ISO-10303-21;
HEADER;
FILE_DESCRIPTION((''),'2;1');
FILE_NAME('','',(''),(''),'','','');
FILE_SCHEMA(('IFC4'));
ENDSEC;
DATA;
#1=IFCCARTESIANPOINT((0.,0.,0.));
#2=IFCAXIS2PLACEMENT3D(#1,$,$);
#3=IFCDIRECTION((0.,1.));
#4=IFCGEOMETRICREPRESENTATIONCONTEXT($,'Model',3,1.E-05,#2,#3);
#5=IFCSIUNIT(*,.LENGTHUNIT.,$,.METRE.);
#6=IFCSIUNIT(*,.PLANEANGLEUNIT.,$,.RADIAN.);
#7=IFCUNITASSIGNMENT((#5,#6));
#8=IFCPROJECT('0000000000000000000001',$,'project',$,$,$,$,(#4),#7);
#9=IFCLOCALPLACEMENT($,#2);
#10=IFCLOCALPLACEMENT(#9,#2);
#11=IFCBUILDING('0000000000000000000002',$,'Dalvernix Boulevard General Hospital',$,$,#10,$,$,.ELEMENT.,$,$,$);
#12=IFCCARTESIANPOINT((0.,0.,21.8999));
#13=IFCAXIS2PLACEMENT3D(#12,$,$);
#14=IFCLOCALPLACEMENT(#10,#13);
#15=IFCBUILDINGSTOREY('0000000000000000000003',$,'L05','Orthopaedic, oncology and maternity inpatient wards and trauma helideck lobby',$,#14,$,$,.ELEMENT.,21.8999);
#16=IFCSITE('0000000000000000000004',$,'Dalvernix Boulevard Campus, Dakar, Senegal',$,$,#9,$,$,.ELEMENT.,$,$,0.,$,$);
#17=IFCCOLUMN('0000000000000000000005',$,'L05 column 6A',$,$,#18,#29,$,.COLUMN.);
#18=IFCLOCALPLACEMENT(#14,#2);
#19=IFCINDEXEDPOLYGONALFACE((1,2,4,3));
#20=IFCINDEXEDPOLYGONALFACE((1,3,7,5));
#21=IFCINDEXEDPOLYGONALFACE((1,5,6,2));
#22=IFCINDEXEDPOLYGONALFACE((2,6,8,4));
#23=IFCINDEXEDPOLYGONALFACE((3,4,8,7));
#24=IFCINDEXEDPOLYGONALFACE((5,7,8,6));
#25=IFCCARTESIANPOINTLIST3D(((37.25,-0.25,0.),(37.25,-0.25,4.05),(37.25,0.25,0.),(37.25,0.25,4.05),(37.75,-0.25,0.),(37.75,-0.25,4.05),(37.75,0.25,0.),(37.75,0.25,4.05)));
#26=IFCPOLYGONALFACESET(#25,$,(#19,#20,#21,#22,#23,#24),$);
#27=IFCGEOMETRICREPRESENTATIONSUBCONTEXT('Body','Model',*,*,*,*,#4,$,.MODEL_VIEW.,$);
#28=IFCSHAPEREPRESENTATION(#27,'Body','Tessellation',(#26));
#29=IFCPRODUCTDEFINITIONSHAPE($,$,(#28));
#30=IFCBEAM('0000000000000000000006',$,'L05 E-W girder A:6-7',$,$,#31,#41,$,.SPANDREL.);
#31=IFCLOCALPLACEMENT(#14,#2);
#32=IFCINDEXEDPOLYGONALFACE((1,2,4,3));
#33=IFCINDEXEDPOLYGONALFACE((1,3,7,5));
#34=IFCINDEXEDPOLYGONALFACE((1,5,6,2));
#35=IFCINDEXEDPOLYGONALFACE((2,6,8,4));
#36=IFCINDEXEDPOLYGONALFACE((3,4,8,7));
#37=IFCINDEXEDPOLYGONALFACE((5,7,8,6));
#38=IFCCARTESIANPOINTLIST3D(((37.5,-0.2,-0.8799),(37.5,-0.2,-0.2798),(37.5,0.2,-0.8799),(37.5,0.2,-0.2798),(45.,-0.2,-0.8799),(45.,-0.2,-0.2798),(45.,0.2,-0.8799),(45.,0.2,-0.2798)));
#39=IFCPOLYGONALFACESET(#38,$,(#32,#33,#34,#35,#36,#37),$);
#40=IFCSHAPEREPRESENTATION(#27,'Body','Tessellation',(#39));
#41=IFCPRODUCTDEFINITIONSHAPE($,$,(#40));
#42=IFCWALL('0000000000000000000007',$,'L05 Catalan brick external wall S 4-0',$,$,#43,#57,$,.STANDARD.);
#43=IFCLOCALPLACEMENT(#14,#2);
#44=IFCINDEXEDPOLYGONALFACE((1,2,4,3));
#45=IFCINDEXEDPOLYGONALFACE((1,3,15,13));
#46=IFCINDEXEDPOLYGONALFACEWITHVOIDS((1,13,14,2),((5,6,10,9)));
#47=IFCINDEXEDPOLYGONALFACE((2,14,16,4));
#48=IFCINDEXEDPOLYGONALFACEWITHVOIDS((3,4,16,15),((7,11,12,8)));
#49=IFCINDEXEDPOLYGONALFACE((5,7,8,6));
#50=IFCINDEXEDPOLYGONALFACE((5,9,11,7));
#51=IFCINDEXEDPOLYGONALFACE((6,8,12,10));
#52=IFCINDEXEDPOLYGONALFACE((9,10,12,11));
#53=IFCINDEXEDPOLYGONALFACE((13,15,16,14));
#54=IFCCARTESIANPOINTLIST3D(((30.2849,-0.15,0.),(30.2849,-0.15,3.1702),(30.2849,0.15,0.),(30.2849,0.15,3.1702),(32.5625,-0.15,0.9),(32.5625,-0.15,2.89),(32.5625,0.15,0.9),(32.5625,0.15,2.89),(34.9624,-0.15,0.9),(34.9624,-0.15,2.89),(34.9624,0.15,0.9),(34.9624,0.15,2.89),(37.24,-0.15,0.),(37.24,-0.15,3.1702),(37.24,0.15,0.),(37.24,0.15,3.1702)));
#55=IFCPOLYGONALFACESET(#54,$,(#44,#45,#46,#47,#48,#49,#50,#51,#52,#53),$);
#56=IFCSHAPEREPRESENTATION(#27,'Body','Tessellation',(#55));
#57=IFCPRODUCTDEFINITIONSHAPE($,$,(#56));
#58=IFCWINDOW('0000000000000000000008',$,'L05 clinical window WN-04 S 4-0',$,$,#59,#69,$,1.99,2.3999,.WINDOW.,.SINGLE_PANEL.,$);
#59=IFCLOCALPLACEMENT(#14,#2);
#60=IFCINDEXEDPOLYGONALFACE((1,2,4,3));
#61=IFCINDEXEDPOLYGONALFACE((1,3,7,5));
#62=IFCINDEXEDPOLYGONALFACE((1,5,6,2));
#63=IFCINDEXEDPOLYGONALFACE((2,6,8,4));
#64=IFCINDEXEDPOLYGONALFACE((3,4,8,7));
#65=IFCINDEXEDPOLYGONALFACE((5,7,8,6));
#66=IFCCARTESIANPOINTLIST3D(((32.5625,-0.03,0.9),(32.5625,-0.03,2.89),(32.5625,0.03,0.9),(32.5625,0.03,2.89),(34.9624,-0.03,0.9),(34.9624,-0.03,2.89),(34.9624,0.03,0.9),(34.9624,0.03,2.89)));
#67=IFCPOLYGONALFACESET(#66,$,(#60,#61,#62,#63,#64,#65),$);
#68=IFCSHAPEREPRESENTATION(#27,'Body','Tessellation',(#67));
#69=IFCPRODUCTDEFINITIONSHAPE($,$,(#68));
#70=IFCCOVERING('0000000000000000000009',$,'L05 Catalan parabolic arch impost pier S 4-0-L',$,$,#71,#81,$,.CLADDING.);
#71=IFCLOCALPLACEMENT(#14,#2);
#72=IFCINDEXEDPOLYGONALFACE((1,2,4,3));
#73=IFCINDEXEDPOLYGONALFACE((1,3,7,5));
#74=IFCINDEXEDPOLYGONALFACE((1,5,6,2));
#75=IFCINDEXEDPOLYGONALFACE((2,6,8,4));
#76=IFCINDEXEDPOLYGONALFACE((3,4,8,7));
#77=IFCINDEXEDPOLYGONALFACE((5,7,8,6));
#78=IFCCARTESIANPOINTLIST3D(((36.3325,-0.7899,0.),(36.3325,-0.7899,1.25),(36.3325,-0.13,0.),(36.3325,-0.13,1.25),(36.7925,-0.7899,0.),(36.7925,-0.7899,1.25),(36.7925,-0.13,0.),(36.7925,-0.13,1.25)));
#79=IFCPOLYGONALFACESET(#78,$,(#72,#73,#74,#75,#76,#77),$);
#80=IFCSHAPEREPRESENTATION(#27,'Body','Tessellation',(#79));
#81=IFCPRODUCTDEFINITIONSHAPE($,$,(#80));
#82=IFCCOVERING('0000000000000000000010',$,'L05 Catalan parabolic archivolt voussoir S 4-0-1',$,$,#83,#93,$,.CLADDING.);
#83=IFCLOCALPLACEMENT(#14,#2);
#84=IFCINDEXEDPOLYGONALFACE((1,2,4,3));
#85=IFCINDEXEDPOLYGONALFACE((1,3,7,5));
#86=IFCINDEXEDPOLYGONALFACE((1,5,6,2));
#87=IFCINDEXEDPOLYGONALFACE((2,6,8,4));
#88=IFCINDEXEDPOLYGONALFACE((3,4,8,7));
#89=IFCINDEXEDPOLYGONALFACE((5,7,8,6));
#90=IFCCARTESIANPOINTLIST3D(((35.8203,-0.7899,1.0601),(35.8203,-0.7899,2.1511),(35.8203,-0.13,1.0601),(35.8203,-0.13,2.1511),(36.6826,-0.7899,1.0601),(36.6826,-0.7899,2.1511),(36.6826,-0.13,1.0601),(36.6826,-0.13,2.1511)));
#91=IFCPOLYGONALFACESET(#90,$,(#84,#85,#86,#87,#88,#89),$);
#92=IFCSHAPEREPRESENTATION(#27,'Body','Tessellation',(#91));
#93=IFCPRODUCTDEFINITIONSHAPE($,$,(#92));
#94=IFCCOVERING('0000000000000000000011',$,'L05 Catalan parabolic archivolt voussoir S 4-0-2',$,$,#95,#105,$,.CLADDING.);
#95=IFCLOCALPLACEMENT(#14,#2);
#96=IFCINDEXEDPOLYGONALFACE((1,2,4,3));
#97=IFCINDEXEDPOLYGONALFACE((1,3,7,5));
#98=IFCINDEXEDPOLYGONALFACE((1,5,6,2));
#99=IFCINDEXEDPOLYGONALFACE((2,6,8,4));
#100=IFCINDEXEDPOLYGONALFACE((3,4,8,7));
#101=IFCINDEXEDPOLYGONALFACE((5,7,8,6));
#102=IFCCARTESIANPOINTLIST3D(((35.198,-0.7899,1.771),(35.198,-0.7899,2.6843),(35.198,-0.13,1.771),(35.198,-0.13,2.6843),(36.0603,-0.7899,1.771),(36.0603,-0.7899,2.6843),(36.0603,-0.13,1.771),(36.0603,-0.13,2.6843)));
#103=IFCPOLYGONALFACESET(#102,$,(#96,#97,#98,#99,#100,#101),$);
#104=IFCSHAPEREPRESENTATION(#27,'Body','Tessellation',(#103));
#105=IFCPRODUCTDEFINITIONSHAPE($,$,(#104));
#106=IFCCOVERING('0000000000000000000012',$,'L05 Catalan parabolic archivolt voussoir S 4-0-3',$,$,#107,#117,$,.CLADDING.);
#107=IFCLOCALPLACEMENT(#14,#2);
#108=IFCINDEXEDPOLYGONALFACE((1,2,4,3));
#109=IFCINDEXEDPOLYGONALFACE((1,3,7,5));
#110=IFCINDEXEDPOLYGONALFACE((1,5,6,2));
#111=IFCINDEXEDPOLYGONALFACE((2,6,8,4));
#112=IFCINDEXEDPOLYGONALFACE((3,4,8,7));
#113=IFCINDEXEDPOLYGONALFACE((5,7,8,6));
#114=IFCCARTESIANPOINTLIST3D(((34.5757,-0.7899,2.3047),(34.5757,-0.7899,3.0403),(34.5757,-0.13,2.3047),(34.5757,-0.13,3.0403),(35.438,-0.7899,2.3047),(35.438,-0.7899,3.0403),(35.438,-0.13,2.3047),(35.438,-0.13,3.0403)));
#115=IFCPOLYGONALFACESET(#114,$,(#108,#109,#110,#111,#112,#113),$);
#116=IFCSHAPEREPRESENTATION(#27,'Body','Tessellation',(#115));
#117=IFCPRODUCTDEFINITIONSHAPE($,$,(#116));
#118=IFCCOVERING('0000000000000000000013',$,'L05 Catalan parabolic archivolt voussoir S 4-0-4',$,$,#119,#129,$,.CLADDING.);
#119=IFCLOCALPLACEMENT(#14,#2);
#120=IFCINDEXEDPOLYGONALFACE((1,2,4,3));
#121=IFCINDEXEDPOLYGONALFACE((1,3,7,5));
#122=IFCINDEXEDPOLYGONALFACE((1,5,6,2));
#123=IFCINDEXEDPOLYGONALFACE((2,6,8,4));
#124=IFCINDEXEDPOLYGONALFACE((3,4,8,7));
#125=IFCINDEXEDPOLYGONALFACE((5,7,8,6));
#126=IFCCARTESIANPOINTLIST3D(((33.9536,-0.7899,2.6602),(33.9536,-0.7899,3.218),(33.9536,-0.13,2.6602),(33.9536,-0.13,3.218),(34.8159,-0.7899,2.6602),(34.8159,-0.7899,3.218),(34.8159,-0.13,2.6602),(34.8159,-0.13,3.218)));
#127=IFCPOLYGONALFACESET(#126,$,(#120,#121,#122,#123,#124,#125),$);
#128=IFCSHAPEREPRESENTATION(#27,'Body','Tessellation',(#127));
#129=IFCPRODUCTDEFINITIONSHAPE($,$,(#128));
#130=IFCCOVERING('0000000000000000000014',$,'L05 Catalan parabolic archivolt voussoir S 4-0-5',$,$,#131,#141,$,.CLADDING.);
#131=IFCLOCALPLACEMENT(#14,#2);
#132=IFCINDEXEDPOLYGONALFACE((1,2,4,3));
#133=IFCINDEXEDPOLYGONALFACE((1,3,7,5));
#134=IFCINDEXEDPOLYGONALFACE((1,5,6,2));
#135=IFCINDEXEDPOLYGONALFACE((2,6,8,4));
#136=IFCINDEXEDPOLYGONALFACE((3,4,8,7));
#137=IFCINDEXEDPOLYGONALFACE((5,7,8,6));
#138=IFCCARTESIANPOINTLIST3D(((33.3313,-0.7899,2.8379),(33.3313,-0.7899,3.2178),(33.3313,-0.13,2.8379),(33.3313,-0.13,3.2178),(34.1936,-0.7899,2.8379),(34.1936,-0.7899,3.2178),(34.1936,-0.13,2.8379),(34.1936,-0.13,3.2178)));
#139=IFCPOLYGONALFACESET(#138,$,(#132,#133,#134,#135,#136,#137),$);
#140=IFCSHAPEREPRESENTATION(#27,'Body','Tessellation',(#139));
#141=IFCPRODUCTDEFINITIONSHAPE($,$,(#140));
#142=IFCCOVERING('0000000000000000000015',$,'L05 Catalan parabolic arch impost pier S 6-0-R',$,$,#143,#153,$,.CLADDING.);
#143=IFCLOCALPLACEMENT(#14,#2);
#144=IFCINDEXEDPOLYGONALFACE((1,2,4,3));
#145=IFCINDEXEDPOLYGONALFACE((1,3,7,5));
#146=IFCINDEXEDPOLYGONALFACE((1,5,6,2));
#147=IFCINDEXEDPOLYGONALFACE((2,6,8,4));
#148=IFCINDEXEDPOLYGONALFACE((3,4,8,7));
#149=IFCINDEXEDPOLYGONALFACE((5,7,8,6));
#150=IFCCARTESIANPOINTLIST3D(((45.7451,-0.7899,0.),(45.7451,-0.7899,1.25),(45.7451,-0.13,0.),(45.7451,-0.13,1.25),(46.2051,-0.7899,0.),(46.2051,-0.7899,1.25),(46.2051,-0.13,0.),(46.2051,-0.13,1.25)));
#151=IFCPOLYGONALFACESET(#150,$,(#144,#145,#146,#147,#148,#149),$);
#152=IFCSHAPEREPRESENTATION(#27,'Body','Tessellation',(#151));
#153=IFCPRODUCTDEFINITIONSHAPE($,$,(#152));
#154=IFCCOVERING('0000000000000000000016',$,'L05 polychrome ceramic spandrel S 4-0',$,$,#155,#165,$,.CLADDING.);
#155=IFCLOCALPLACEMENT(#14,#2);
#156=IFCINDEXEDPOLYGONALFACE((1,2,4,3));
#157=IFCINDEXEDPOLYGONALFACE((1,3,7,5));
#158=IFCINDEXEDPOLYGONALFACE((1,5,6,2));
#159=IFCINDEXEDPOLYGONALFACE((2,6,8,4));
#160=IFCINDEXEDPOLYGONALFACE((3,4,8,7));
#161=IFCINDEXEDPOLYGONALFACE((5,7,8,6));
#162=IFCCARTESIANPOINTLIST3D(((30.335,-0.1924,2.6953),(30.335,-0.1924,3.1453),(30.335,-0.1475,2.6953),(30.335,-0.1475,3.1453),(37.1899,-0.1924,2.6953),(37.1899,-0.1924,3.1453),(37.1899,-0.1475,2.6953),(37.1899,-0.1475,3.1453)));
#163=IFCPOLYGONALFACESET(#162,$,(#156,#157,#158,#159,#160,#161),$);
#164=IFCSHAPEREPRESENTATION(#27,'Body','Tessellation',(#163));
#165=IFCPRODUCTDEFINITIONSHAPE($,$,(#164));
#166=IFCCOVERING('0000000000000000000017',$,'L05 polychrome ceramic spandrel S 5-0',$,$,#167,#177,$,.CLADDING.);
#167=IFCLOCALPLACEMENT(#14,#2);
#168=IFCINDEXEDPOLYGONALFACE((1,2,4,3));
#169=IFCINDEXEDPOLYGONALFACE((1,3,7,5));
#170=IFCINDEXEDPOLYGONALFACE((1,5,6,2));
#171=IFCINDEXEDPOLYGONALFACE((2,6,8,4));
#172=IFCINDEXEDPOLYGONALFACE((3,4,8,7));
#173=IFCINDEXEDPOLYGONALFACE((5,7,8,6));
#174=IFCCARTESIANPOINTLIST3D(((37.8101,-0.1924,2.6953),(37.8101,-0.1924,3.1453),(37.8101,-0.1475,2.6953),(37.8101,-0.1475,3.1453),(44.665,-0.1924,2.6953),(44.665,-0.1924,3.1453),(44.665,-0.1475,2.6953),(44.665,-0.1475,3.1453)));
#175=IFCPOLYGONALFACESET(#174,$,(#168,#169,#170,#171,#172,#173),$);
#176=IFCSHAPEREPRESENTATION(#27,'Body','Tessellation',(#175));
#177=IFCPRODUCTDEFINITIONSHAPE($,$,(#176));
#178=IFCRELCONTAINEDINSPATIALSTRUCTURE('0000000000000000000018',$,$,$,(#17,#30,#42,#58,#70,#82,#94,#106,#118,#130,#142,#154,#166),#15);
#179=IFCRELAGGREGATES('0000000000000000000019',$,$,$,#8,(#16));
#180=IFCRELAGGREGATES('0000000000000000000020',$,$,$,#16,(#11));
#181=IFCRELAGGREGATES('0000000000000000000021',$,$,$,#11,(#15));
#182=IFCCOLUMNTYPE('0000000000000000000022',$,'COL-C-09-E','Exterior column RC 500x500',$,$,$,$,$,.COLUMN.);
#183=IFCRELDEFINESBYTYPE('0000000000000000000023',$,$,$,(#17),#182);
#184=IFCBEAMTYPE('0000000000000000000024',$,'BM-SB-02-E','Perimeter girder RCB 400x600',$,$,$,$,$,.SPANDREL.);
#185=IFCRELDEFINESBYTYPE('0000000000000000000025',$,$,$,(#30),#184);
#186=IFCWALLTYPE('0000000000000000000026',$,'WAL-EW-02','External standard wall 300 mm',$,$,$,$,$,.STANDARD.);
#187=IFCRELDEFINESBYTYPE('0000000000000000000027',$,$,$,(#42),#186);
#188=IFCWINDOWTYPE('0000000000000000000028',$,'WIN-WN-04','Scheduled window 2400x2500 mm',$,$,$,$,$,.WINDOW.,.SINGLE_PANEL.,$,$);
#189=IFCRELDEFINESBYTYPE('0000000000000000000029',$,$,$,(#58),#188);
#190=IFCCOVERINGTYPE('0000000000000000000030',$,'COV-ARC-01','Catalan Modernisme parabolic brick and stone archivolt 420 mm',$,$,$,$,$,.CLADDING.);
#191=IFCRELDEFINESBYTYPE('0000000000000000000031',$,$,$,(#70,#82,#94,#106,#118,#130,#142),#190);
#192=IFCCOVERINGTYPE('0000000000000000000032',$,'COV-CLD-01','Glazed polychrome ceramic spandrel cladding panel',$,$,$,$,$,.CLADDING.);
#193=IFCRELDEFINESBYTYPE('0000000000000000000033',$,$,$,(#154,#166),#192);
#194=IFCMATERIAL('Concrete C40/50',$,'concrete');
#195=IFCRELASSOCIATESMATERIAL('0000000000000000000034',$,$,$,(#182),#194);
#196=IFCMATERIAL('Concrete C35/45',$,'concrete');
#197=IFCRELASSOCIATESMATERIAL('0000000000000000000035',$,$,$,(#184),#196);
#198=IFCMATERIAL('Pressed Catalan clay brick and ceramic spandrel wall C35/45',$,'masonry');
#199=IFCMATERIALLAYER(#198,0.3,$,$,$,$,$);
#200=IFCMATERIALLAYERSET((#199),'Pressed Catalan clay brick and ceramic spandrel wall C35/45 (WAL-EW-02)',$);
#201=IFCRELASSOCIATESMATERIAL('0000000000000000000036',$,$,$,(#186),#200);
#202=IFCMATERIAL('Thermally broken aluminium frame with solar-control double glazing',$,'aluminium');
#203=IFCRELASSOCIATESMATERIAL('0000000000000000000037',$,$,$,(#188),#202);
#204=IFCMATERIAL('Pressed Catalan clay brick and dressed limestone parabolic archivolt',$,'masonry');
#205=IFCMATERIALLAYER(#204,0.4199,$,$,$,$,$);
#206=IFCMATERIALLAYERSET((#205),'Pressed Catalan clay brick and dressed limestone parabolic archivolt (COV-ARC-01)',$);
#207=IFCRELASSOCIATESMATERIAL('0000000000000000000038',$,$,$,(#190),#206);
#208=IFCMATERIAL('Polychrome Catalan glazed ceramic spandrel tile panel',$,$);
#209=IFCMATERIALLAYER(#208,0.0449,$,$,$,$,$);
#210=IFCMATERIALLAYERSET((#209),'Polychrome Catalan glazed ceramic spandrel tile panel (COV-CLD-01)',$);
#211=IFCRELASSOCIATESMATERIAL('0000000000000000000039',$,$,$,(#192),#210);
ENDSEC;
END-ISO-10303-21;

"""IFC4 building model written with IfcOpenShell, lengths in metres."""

from ifc_helpers import new_model, si_unit, direction, frame, frame_2d, origin, origin_2d, place, context, subcontext, project, spatial, rectangle, extrude, material, layer, layer_set, material_profile, profile_set, type_object, element, fill, save


model = new_model("IFC4")

# Units and contexts
model_context = context("Model", 3, precision=1e-05, world=origin(), true_north=direction((0.0, 1.0)))
body_context = subcontext(model_context, "Body", "Model", "MODEL_VIEW")
ifc_project = project(units=[si_unit("LENGTHUNIT", "METRE"), si_unit("PLANEANGLEUNIT", "RADIAN")], contexts=[model_context])

# Site, building, storey
site_placement = place(None, origin())
site = spatial("IfcSite", under=ifc_project, at=site_placement, Name="Dalvernix Boulevard Campus, Dakar, Senegal", CompositionType="ELEMENT", RefElevation=0.0)
building_placement = place(site_placement, origin())
building = spatial("IfcBuilding", under=site, at=building_placement, Name="Dalvernix Boulevard General Hospital", CompositionType="ELEMENT")
storey_placement = place(building_placement, frame((0.0, 0.0, 21.8999)))
storey = spatial("IfcBuildingStorey", under=building, at=storey_placement, Name="L05", Description="Orthopaedic, oncology and maternity inpatient wards and trauma helideck lobby", CompositionType="ELEMENT", Elevation=21.8999)

# Column
ifc_material_1 = material(Name="Concrete C40/50", Category="concrete")
ifc_material_profile_1 = material_profile(ifc_material_1, rectangle(XDim=0.5, YDim=0.5, at=origin_2d()), Name="RC 500x500")
ifc_profile_set_1 = profile_set([ifc_material_profile_1], Name="Concrete C40/50")
column_type = type_object("IfcColumnType", Name="COL-C-09-E", Description="Exterior column RC 500x500", PredefinedType="COLUMN", material=ifc_profile_set_1)
column_placement = place(storey_placement, frame((37.5, 0.0, 0.0), z_axis=(0.0, 0.0, 1.0), x_axis=(1.0, 0.0, 0.0)))
element("IfcColumn", 1, at=column_placement, inside=storey, type_object=column_type, Name="L05 column 6A", PredefinedType="COLUMN", context=body_context, shape_type="SweptSolid", body=[
    extrude(rectangle(XDim=0.5, YDim=0.5, at=origin_2d()), origin(), (0.0, 0.0, 1.0), 4.05),
])

# Beam
ifc_material_2 = material(Name="Concrete C35/45", Category="concrete")
ifc_material_profile_2 = material_profile(ifc_material_2, rectangle(XDim=0.3999, YDim=0.6001, at=origin_2d()), Name="RCB 400x600")
ifc_profile_set_2 = profile_set([ifc_material_profile_2], Name="Concrete C35/45")
beam_type = type_object("IfcBeamType", Name="BM-SB-02-E", Description="Perimeter girder RCB 400x600", PredefinedType="SPANDREL", material=ifc_profile_set_2)
beam_placement = place(storey_placement, frame((37.5, 0.0, -0.5798), z_axis=(1.0, 0.0, 0.0), x_axis=(0.0, 1.0, 0.0)))
element("IfcBeam", 2, at=beam_placement, inside=storey, type_object=beam_type, Name="L05 E-W girder A:6-7", PredefinedType="SPANDREL", context=body_context, shape_type="SweptSolid", body=[
    extrude(rectangle(XDim=0.3999, YDim=0.6001, at=origin_2d()), origin(), (0.0, 0.0, 1.0), 7.5),
])

# Wall, opening, window
ifc_material_3 = material(Name="Pressed Catalan clay brick and ceramic spandrel wall C35/45", Category="masonry")
ifc_layer_1 = layer(ifc_material_3, 0.3)
ifc_layer_set_1 = layer_set([ifc_layer_1], Name="Pressed Catalan clay brick and ceramic spandrel wall C35/45 (WAL-EW-02)")
wall_type = type_object("IfcWallType", Name="WAL-EW-02", Description="External standard wall 300 mm", PredefinedType="STANDARD", material=ifc_layer_set_1)
wall_placement = place(storey_placement, frame((37.24, 0.0, 0.0), z_axis=(0.0, 0.0, 1.0), x_axis=(-1.0, 0.0, 0.0)))
wall = element("IfcWall", 3, at=wall_placement, inside=storey, type_object=wall_type, Name="L05 Catalan brick external wall S 4-0", PredefinedType="STANDARD", context=body_context, shape_type="SweptSolid", body=[
    extrude(rectangle(XDim=6.9551, YDim=0.3, at=frame_2d((3.4775, 0.0))), origin(), (0.0, 0.0, 1.0), 3.1702),
])
opening_placement = place(wall_placement, frame((2.2776, 0.0, 0.8999)))
opening = element("IfcOpeningElement", 4, at=opening_placement, cuts=wall, PredefinedType="OPENING", context=body_context, shape_type="SweptSolid", body=[
    extrude(rectangle(XDim=2.3999, YDim=1.99, at=frame_2d((1.2, 0.9951))), frame((0.0, 0.1599, 0.0), z_axis=(0.0, -1.0, 0.0), x_axis=(1.0, 0.0, 0.0)), (0.0, 0.0, 1.0), 0.3201),
])
ifc_material_4 = material(Name="Thermally broken aluminium frame with solar-control double glazing", Category="aluminium")
window_type = type_object("IfcWindowType", Name="WIN-WN-04", Description="Scheduled window 2400x2500 mm", PartitioningType="SINGLE_PANEL", PredefinedType="WINDOW", material=ifc_material_4)
window_placement = place(opening_placement, origin())
window = element("IfcWindow", 5, at=window_placement, inside=storey, type_object=window_type, Name="L05 clinical window WN-04 S 4-0", OverallHeight=1.99, OverallWidth=2.3999, PartitioningType="SINGLE_PANEL", PredefinedType="WINDOW", context=body_context, shape_type="SweptSolid", body=[
    extrude(rectangle(XDim=2.3999, YDim=1.99, at=frame_2d((1.2, 0.9951))), frame((0.0, 0.03, 0.0), z_axis=(0.0, -1.0, 0.0), x_axis=(1.0, 0.0, 0.0)), (0.0, 0.0, 1.0), 0.0601),
])
fill(opening, window)

# Coverings
ifc_material_5 = material(Name="Pressed Catalan clay brick and dressed limestone parabolic archivolt", Category="masonry")
ifc_layer_2 = layer(ifc_material_5, 0.4199)
ifc_layer_set_2 = layer_set([ifc_layer_2], Name="Pressed Catalan clay brick and dressed limestone parabolic archivolt (COV-ARC-01)")
covering_type_1 = type_object("IfcCoveringType", Name="COV-ARC-01", Description="Catalan Modernisme parabolic brick and stone archivolt 420 mm", PredefinedType="CLADDING", material=ifc_layer_set_2)
covering_1_placement = place(storey_placement, frame((36.5625, -0.46, 0.0), z_axis=(0.0, 0.0, 1.0), x_axis=(-1.0, 0.0, 0.0)))
element("IfcCovering", 6, at=covering_1_placement, inside=storey, type_object=covering_type_1, Name="L05 Catalan parabolic arch impost pier S 4-0-L", PredefinedType="CLADDING", context=body_context, shape_type="SweptSolid", body=[
    extrude(rectangle(XDim=0.46, YDim=0.6599, at=origin_2d()), origin(), (0.0, 0.0, 1.0), 1.25),
])
covering_2_placement = place(storey_placement, frame((36.2515, -0.46, 1.0601), z_axis=(0.0, 0.0, 1.0), x_axis=(-1.0, 0.0, 0.0)))
element("IfcCovering", 7, at=covering_2_placement, inside=storey, type_object=covering_type_1, Name="L05 Catalan parabolic archivolt voussoir S 4-0-1", PredefinedType="CLADDING", context=body_context, shape_type="SweptSolid", body=[
    extrude(rectangle(XDim=0.8623, YDim=0.6599, at=origin_2d()), origin(), (0.0, 0.0, 1.0), 1.0911),
])
covering_3_placement = place(storey_placement, frame((35.6292, -0.46, 1.771), z_axis=(0.0, 0.0, 1.0), x_axis=(-1.0, 0.0, 0.0)))
element("IfcCovering", 8, at=covering_3_placement, inside=storey, type_object=covering_type_1, Name="L05 Catalan parabolic archivolt voussoir S 4-0-2", PredefinedType="CLADDING", context=body_context, shape_type="SweptSolid", body=[
    extrude(rectangle(XDim=0.8623, YDim=0.6599, at=origin_2d()), origin(), (0.0, 0.0, 1.0), 0.9133),
])
covering_4_placement = place(storey_placement, frame((35.0068, -0.46, 2.3047), z_axis=(0.0, 0.0, 1.0), x_axis=(-1.0, 0.0, 0.0)))
element("IfcCovering", 9, at=covering_4_placement, inside=storey, type_object=covering_type_1, Name="L05 Catalan parabolic archivolt voussoir S 4-0-3", PredefinedType="CLADDING", context=body_context, shape_type="SweptSolid", body=[
    extrude(rectangle(XDim=0.8623, YDim=0.6599, at=origin_2d()), origin(), (0.0, 0.0, 1.0), 0.7356),
])
covering_5_placement = place(storey_placement, frame((34.3848, -0.46, 2.6602), z_axis=(0.0, 0.0, 1.0), x_axis=(-1.0, 0.0, 0.0)))
element("IfcCovering", 10, at=covering_5_placement, inside=storey, type_object=covering_type_1, Name="L05 Catalan parabolic archivolt voussoir S 4-0-4", PredefinedType="CLADDING", context=body_context, shape_type="SweptSolid", body=[
    extrude(rectangle(XDim=0.8623, YDim=0.6599, at=origin_2d()), origin(), (0.0, 0.0, 1.0), 0.5579),
])
covering_6_placement = place(storey_placement, frame((33.7625, -0.46, 2.8379), z_axis=(0.0, 0.0, 1.0), x_axis=(-1.0, 0.0, 0.0)))
element("IfcCovering", 11, at=covering_6_placement, inside=storey, type_object=covering_type_1, Name="L05 Catalan parabolic archivolt voussoir S 4-0-5", PredefinedType="CLADDING", context=body_context, shape_type="SweptSolid", body=[
    extrude(rectangle(XDim=0.8623, YDim=0.6599, at=origin_2d()), origin(), (0.0, 0.0, 1.0), 0.3799),
])
covering_7_placement = place(storey_placement, frame((45.9751, -0.46, 0.0), z_axis=(0.0, 0.0, 1.0), x_axis=(-1.0, 0.0, 0.0)))
element("IfcCovering", 12, at=covering_7_placement, inside=storey, type_object=covering_type_1, Name="L05 Catalan parabolic arch impost pier S 6-0-R", PredefinedType="CLADDING", context=body_context, shape_type="SweptSolid", body=[
    extrude(rectangle(XDim=0.46, YDim=0.6599, at=origin_2d()), origin(), (0.0, 0.0, 1.0), 1.25),
])
ifc_material_6 = material(Name="Polychrome Catalan glazed ceramic spandrel tile panel")
ifc_layer_3 = layer(ifc_material_6, 0.0449)
ifc_layer_set_3 = layer_set([ifc_layer_3], Name="Polychrome Catalan glazed ceramic spandrel tile panel (COV-CLD-01)")
covering_type_2 = type_object("IfcCoveringType", Name="COV-CLD-01", Description="Glazed polychrome ceramic spandrel cladding panel", PredefinedType="CLADDING", material=ifc_layer_set_3)
for number, where, z_axis, x_axis, name in (
    (13, (33.7625, -0.1699, 2.6953), (0.0, 0.0, 1.0), (-1.0, 0.0, 0.0), "L05 polychrome ceramic spandrel S 4-0"),
    (14, (41.2375, -0.1699, 2.6953), (0.0, 0.0, 1.0), (-1.0, 0.0, 0.0), "L05 polychrome ceramic spandrel S 5-0"),
):
    element("IfcCovering", number, at=place(storey_placement, frame(where, z_axis=z_axis, x_axis=x_axis)), inside=storey, type_object=covering_type_2, Name=name, PredefinedType="CLADDING", context=body_context, shape_type="SweptSolid", body=[
        extrude(rectangle(XDim=6.855, YDim=0.0449, at=origin_2d()), origin(), (0.0, 0.0, 1.0), 0.45),
    ])

save(model, "model.ifc")
